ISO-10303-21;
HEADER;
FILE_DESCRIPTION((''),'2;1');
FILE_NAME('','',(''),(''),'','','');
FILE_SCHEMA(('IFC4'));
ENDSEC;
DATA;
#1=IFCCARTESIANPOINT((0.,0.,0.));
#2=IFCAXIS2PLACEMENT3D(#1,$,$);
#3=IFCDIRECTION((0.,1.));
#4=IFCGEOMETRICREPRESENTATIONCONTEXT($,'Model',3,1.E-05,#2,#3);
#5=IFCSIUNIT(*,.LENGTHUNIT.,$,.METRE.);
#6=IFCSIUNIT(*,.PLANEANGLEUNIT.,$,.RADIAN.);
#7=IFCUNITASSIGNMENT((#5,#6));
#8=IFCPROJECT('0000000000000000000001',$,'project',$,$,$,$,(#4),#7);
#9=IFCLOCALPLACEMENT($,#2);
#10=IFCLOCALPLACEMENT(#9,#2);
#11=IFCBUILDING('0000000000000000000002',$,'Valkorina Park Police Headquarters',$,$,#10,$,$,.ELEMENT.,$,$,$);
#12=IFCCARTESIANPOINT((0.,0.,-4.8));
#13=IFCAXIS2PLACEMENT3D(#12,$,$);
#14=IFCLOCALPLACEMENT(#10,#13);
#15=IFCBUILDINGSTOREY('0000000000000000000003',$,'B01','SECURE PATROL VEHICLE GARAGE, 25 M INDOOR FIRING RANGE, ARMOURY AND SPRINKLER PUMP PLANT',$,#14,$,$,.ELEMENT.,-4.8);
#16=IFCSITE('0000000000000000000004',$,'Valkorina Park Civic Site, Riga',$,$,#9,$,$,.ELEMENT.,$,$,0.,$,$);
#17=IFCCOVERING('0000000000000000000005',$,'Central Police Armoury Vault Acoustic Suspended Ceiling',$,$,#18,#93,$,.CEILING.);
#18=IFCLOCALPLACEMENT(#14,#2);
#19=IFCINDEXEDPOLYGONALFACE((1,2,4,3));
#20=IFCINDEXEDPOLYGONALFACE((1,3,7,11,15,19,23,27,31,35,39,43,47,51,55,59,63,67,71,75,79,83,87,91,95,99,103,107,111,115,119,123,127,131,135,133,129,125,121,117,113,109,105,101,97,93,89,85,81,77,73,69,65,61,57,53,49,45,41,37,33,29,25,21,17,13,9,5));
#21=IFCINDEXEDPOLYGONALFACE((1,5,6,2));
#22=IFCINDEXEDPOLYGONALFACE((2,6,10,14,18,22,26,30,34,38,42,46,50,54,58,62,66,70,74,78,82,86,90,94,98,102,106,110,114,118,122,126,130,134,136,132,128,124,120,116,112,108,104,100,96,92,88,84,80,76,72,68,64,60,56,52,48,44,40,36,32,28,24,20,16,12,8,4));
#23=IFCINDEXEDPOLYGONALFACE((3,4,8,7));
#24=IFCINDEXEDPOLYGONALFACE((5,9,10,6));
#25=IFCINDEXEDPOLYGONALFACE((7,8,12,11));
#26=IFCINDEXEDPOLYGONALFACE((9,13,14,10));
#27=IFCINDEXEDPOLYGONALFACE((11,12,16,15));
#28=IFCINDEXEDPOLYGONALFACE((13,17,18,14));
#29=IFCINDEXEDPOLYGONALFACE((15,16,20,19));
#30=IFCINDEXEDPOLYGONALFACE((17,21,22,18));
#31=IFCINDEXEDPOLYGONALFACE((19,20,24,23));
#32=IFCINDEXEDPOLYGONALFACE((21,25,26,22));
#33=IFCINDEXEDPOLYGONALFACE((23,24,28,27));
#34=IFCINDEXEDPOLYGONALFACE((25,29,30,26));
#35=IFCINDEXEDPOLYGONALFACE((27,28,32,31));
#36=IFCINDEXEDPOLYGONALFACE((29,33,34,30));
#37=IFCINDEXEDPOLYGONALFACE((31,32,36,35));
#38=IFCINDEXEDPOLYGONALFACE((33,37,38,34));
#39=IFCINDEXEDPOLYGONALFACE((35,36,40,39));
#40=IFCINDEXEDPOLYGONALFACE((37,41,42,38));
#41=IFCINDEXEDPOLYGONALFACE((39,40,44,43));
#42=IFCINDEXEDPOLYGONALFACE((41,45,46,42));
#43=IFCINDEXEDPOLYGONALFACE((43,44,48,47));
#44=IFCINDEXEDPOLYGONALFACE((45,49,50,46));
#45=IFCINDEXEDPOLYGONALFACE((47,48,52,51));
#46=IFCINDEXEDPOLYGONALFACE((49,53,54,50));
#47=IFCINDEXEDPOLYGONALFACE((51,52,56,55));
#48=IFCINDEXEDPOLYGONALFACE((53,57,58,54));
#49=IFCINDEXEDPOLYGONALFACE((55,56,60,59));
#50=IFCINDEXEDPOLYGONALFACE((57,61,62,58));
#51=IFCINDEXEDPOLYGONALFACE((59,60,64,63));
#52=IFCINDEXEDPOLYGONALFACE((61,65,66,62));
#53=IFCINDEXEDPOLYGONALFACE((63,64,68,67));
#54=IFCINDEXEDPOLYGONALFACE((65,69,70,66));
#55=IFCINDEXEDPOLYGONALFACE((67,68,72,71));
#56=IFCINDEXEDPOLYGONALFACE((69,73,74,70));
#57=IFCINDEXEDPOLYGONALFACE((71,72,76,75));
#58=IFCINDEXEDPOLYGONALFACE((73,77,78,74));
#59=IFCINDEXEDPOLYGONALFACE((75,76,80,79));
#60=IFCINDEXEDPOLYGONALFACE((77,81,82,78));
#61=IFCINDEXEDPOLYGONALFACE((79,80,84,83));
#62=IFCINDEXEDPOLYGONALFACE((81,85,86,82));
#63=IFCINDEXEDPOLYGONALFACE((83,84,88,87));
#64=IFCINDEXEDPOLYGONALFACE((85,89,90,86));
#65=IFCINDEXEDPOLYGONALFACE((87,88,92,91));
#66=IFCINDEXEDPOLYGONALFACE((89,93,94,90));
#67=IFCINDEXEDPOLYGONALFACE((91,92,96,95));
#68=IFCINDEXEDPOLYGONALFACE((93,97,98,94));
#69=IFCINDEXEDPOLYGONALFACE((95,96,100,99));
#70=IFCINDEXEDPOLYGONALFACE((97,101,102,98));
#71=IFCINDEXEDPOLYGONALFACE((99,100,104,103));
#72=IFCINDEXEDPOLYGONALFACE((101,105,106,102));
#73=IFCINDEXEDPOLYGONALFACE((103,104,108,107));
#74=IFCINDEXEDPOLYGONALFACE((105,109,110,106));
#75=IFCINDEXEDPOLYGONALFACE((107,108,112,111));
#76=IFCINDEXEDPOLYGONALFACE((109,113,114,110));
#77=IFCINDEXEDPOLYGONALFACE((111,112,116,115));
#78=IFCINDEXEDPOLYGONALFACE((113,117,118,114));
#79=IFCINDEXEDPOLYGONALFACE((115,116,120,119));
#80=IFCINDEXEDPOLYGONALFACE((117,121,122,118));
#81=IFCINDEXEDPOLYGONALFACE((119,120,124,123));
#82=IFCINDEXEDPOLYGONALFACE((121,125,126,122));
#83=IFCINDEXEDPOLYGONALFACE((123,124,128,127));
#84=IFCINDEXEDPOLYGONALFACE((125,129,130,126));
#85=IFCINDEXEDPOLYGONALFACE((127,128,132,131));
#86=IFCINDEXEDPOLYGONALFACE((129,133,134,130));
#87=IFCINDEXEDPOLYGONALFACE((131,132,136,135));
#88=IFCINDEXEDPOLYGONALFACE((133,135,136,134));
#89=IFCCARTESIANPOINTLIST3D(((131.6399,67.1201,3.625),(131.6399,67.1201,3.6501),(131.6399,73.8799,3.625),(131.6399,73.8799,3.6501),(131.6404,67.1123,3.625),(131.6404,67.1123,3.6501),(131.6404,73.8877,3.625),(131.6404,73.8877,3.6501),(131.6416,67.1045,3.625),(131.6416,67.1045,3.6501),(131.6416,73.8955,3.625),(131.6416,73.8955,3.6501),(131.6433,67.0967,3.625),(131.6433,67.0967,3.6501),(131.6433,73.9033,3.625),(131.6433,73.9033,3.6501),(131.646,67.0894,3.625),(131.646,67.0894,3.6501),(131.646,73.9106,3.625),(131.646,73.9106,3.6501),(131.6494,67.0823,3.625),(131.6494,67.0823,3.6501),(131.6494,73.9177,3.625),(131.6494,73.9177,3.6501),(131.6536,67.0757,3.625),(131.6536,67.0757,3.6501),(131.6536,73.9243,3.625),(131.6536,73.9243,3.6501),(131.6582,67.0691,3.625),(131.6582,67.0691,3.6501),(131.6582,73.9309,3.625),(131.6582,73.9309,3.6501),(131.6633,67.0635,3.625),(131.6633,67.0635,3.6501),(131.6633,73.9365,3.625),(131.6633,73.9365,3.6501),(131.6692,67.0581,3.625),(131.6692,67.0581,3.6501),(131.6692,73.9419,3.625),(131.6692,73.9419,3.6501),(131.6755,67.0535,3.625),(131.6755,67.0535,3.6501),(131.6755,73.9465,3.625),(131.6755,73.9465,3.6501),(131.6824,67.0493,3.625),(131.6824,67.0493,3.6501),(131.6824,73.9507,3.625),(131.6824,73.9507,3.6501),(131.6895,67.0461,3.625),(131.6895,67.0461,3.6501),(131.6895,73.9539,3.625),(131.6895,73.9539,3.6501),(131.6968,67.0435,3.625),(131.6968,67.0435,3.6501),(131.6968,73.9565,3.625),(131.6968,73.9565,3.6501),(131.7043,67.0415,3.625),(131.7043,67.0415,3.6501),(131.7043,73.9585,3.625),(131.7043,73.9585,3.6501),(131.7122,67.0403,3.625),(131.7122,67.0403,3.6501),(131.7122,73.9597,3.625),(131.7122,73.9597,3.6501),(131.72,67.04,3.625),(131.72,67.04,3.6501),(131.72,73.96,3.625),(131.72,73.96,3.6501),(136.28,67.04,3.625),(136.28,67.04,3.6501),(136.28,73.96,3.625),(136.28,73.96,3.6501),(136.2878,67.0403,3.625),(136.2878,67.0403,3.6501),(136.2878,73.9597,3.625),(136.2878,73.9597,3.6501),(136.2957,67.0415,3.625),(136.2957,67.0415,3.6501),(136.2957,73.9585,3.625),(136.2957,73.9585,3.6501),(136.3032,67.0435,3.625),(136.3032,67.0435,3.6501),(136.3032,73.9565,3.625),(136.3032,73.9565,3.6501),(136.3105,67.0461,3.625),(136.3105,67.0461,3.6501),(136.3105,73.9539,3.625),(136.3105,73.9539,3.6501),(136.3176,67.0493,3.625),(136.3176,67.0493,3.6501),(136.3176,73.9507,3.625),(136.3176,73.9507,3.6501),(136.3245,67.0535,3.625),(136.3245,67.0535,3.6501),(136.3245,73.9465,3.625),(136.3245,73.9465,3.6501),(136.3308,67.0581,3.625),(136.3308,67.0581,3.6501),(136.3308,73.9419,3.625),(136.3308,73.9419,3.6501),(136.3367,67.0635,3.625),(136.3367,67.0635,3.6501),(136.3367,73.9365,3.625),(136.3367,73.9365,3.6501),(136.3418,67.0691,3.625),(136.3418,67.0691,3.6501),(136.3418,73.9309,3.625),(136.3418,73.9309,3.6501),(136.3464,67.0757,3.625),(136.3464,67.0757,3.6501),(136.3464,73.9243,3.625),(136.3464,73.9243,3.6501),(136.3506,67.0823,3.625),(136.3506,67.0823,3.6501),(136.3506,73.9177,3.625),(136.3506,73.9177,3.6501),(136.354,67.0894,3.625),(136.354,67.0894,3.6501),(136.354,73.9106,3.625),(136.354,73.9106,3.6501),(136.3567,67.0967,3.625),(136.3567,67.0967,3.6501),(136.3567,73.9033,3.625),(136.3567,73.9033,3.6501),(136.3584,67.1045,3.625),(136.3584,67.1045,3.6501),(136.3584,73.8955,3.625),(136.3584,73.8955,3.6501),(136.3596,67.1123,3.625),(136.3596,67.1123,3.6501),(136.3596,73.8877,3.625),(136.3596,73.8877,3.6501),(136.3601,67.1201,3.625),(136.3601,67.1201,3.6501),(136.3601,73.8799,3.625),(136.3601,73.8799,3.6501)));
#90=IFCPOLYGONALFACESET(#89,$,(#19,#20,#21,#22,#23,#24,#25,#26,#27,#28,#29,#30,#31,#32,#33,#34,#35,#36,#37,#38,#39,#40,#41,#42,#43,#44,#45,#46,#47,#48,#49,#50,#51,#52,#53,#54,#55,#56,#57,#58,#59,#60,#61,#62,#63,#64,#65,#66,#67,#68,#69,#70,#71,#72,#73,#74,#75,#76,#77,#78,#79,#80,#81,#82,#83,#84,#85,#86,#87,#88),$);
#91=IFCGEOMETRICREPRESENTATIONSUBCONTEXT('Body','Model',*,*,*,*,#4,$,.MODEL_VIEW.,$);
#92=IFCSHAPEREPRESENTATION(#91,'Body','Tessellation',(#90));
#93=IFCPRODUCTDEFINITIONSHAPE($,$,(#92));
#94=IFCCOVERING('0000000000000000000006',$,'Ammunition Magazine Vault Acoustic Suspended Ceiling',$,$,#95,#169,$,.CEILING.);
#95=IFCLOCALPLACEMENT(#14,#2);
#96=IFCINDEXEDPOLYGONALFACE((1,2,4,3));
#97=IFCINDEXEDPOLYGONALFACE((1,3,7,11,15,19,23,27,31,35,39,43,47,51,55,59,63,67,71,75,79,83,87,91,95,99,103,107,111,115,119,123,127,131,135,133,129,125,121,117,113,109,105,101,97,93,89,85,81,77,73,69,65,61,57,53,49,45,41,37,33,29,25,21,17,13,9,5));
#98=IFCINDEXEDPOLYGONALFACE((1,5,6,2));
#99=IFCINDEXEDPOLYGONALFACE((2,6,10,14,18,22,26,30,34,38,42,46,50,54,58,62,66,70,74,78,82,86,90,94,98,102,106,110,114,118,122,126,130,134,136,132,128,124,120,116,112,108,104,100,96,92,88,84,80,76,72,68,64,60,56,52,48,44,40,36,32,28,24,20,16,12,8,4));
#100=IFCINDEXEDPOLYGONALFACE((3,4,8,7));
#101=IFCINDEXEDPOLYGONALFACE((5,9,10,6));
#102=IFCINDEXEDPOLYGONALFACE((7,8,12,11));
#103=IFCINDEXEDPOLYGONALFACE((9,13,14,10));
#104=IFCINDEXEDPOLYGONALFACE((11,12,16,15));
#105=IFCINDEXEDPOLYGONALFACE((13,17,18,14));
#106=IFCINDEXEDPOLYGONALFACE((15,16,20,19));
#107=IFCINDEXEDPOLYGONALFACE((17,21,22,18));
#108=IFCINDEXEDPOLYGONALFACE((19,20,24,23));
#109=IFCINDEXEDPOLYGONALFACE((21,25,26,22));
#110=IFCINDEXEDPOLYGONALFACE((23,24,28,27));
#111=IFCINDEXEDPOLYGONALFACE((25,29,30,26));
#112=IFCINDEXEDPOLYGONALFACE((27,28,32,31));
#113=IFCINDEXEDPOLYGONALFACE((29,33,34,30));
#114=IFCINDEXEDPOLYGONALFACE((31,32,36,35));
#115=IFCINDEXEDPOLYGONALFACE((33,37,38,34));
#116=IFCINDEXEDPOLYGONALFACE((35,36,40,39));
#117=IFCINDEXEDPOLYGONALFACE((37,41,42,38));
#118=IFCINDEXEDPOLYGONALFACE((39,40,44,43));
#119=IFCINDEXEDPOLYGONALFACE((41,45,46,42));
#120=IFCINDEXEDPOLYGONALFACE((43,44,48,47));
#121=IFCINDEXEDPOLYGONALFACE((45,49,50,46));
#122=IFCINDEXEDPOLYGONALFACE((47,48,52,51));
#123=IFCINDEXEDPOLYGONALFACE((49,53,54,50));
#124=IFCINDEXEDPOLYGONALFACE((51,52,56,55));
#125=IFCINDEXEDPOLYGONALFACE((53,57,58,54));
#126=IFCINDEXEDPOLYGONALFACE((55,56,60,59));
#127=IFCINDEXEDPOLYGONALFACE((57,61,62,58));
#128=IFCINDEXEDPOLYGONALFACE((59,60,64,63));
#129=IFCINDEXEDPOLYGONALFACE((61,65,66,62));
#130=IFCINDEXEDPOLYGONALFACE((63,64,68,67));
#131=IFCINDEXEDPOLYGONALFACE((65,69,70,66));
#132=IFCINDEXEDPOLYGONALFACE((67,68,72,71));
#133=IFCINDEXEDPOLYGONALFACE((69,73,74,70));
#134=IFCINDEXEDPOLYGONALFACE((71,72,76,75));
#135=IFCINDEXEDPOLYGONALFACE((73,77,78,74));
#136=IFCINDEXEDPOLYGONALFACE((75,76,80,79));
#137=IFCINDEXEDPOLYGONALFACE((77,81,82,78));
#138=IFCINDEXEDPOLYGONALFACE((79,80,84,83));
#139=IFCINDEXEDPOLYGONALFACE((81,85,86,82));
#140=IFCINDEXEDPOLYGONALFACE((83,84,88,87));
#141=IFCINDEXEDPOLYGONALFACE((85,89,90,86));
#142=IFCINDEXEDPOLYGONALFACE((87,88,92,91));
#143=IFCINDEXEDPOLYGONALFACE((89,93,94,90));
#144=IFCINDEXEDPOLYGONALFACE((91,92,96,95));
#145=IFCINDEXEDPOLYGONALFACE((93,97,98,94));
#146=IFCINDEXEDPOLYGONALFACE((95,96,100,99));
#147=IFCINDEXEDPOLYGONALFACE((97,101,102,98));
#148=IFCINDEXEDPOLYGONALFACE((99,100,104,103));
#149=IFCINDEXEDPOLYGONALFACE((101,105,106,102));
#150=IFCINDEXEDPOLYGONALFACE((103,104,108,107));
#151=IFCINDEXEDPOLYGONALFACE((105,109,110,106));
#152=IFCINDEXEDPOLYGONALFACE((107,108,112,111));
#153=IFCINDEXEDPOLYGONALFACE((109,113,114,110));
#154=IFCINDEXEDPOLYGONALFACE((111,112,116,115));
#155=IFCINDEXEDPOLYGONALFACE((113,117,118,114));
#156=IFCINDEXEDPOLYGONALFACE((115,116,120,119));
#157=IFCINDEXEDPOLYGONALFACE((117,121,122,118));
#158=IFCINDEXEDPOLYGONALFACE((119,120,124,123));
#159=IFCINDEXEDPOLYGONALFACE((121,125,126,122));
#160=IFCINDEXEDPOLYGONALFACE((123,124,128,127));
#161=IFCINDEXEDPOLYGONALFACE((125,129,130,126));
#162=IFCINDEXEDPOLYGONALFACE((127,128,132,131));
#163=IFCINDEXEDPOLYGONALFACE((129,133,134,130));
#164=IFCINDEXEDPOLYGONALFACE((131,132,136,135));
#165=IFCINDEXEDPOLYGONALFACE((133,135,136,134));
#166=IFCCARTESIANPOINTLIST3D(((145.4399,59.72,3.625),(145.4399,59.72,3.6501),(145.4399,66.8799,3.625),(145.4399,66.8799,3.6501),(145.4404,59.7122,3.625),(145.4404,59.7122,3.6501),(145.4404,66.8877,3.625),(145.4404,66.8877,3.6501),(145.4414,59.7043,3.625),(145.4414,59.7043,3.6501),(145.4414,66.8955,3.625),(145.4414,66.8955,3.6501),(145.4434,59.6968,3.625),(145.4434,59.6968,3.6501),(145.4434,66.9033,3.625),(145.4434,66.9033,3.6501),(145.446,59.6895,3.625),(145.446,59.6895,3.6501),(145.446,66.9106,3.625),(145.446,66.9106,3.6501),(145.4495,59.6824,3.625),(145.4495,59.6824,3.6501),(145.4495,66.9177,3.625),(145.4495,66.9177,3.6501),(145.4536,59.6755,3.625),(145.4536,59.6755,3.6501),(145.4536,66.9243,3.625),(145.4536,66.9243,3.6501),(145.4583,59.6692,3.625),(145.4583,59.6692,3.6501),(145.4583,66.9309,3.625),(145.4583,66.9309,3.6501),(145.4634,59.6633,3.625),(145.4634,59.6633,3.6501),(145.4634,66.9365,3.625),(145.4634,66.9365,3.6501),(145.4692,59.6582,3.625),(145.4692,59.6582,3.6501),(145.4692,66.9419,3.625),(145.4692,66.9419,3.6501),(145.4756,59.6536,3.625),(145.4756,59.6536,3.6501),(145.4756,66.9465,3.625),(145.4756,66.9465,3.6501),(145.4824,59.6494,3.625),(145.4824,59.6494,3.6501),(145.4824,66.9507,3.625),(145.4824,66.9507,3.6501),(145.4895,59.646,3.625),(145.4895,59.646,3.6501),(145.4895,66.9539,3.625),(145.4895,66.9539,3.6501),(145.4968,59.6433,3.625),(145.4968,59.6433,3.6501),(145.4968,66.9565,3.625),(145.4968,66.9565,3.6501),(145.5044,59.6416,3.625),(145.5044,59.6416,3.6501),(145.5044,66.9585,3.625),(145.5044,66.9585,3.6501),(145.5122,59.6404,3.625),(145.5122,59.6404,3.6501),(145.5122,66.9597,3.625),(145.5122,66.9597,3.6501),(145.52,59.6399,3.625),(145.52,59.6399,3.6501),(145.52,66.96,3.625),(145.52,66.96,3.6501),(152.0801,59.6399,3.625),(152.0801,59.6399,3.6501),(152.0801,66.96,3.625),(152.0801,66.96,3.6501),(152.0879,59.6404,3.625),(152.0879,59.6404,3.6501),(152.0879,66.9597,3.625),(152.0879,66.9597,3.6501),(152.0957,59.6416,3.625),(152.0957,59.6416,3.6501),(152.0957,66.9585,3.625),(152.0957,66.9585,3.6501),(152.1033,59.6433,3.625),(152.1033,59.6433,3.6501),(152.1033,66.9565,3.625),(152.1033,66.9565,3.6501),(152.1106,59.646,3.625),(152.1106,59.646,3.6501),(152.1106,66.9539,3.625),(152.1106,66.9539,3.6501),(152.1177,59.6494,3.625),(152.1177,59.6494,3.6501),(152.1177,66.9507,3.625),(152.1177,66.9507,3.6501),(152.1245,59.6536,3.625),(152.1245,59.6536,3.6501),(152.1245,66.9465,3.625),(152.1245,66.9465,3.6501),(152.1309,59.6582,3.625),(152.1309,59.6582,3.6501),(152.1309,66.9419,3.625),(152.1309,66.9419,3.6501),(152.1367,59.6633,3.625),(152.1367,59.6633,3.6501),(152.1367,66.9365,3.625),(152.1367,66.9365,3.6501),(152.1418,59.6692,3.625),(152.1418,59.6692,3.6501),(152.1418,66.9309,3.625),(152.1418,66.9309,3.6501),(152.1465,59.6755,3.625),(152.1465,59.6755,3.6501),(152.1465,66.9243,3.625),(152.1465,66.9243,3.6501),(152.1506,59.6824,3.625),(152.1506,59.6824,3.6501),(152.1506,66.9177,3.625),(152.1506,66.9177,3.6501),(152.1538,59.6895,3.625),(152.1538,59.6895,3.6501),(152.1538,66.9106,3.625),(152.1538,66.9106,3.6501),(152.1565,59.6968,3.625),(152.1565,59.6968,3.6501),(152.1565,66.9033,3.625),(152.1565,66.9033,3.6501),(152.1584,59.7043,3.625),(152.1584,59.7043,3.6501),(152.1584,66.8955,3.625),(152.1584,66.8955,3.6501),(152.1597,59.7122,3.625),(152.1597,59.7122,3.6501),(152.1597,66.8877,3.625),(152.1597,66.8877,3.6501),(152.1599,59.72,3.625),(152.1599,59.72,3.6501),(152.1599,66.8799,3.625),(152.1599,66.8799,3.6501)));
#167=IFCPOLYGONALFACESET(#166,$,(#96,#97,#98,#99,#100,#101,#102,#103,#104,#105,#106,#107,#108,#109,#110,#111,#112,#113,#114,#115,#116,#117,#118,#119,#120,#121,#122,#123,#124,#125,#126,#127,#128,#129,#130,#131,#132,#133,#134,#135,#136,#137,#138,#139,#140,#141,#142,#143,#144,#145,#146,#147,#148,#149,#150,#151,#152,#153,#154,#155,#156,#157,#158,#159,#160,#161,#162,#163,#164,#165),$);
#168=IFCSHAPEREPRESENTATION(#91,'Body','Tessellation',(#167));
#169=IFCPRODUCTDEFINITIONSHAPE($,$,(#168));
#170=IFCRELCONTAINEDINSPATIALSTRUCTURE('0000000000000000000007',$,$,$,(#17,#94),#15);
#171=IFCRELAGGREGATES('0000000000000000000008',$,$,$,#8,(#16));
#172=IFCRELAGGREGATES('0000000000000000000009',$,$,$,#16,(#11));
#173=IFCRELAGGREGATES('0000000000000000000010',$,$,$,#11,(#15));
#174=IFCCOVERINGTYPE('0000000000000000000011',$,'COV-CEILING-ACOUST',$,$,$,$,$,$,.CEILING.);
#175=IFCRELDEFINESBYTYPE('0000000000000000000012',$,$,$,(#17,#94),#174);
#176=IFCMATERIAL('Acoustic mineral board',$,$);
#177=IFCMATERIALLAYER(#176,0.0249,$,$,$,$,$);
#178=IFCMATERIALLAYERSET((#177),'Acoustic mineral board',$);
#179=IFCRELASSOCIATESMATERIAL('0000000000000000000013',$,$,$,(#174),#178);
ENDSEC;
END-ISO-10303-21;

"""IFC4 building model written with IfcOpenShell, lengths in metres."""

from ifc_helpers import new_model, si_unit, direction, frame, origin, place, context, subcontext, project, spatial, polyline, outline, extrude, material, layer, layer_set, type_object, element, save


model = new_model("IFC4")

# Units and contexts
model_context = context("Model", 3, precision=1e-05, world=origin(), true_north=direction((0.0, 1.0)))
body_context = subcontext(model_context, "Body", "Model", "MODEL_VIEW")
ifc_project = project(units=[si_unit("LENGTHUNIT", "METRE"), si_unit("PLANEANGLEUNIT", "RADIAN")], contexts=[model_context])

# Site, building, storey
site_placement = place(None, origin())
site = spatial("IfcSite", under=ifc_project, at=site_placement, Name="Valkorina Park Civic Site, Riga", CompositionType="ELEMENT", RefElevation=0.0)
building_placement = place(site_placement, origin())
building = spatial("IfcBuilding", under=site, at=building_placement, Name="Valkorina Park Police Headquarters", CompositionType="ELEMENT")
storey_placement = place(building_placement, frame((0.0, 0.0, -4.8)))
storey = spatial("IfcBuildingStorey", under=building, at=storey_placement, Name="B01", Description="SECURE PATROL VEHICLE GARAGE, 25 M INDOOR FIRING RANGE, ARMOURY AND SPRINKLER PUMP PLANT", CompositionType="ELEMENT", Elevation=-4.8)

# Coverings
ifc_material_1 = material(Name="Acoustic mineral board")
ifc_layer_1 = layer(ifc_material_1, 0.0249)
ifc_layer_set_1 = layer_set([ifc_layer_1], Name="Acoustic mineral board")
covering_type_1 = type_object("IfcCoveringType", Name="COV-CEILING-ACOUST", PredefinedType="CEILING", material=ifc_layer_set_1)
covering_1_placement = place(storey_placement, frame((0.0, 0.0, 3.625)))
element("IfcCovering", 1, at=covering_1_placement, inside=storey, type_object=covering_type_1, Name="Central Police Armoury Vault Acoustic Suspended Ceiling", PredefinedType="CEILING", context=body_context, shape_type="SweptSolid", body=[
    extrude(outline(polyline([(136.3584, 67.1045), (136.3596, 67.1123), (136.3601, 67.1201), (136.3601, 73.8799), (136.3596, 73.8877), (136.3584, 73.8955), (136.3567, 73.9033), (136.354, 73.9106), (136.3506, 73.9177), (136.3464, 73.9243), (136.3418, 73.9309), (136.3367, 73.9365), (136.3308, 73.9419), (136.3245, 73.9465), (136.3176, 73.9507), (136.3105, 73.9539), (136.3032, 73.9565), (136.2957, 73.9585), (136.2878, 73.9597), (136.28, 73.96), (131.72, 73.96), (131.7122, 73.9597), (131.7043, 73.9585), (131.6968, 73.9565), (131.6895, 73.9539), (131.6824, 73.9507), (131.6755, 73.9465), (131.6692, 73.9419), (131.6633, 73.9365), (131.6582, 73.9309), (131.6536, 73.9243), (131.6494, 73.9177), (131.646, 73.9106), (131.6433, 73.9033), (131.6416, 73.8955), (131.6404, 73.8877), (131.6399, 73.8799), (131.6399, 67.1201), (131.6404, 67.1123), (131.6416, 67.1045), (131.6433, 67.0967), (131.646, 67.0894), (131.6494, 67.0823), (131.6536, 67.0757), (131.6582, 67.0691), (131.6633, 67.0635), (131.6692, 67.0581), (131.6755, 67.0535), (131.6824, 67.0493), (131.6895, 67.0461), (131.6968, 67.0435), (131.7043, 67.0415), (131.7122, 67.0403), (131.72, 67.04), (136.28, 67.04), (136.2878, 67.0403), (136.2957, 67.0415), (136.3032, 67.0435), (136.3105, 67.0461), (136.3176, 67.0493), (136.3245, 67.0535), (136.3308, 67.0581), (136.3367, 67.0635), (136.3418, 67.0691), (136.3464, 67.0757), (136.3506, 67.0823), (136.354, 67.0894), (136.3567, 67.0967), (136.3584, 67.1045)])), origin(), (0.0, 0.0, 1.0), 0.0251),
])
covering_2_placement = place(storey_placement, frame((0.0, 0.0, 3.625)))
element("IfcCovering", 2, at=covering_2_placement, inside=storey, type_object=covering_type_1, Name="Ammunition Magazine Vault Acoustic Suspended Ceiling", PredefinedType="CEILING", context=body_context, shape_type="SweptSolid", body=[
    extrude(outline(polyline([(152.1584, 59.7043), (152.1597, 59.7122), (152.1599, 59.72), (152.1599, 66.8799), (152.1597, 66.8877), (152.1584, 66.8955), (152.1565, 66.9033), (152.1538, 66.9106), (152.1506, 66.9177), (152.1465, 66.9243), (152.1418, 66.9309), (152.1367, 66.9365), (152.1309, 66.9419), (152.1245, 66.9465), (152.1177, 66.9507), (152.1106, 66.9539), (152.1033, 66.9565), (152.0957, 66.9585), (152.0879, 66.9597), (152.0801, 66.96), (145.52, 66.96), (145.5122, 66.9597), (145.5044, 66.9585), (145.4968, 66.9565), (145.4895, 66.9539), (145.4824, 66.9507), (145.4756, 66.9465), (145.4692, 66.9419), (145.4634, 66.9365), (145.4583, 66.9309), (145.4536, 66.9243), (145.4495, 66.9177), (145.446, 66.9106), (145.4434, 66.9033), (145.4414, 66.8955), (145.4404, 66.8877), (145.4399, 66.8799), (145.4399, 59.72), (145.4404, 59.7122), (145.4414, 59.7043), (145.4434, 59.6968), (145.446, 59.6895), (145.4495, 59.6824), (145.4536, 59.6755), (145.4583, 59.6692), (145.4634, 59.6633), (145.4692, 59.6582), (145.4756, 59.6536), (145.4824, 59.6494), (145.4895, 59.646), (145.4968, 59.6433), (145.5044, 59.6416), (145.5122, 59.6404), (145.52, 59.6399), (152.0801, 59.6399), (152.0879, 59.6404), (152.0957, 59.6416), (152.1033, 59.6433), (152.1106, 59.646), (152.1177, 59.6494), (152.1245, 59.6536), (152.1309, 59.6582), (152.1367, 59.6633), (152.1418, 59.6692), (152.1465, 59.6755), (152.1506, 59.6824), (152.1538, 59.6895), (152.1565, 59.6968), (152.1584, 59.7043)])), origin(), (0.0, 0.0, 1.0), 0.0251),
])

save(model, "model.ifc")
